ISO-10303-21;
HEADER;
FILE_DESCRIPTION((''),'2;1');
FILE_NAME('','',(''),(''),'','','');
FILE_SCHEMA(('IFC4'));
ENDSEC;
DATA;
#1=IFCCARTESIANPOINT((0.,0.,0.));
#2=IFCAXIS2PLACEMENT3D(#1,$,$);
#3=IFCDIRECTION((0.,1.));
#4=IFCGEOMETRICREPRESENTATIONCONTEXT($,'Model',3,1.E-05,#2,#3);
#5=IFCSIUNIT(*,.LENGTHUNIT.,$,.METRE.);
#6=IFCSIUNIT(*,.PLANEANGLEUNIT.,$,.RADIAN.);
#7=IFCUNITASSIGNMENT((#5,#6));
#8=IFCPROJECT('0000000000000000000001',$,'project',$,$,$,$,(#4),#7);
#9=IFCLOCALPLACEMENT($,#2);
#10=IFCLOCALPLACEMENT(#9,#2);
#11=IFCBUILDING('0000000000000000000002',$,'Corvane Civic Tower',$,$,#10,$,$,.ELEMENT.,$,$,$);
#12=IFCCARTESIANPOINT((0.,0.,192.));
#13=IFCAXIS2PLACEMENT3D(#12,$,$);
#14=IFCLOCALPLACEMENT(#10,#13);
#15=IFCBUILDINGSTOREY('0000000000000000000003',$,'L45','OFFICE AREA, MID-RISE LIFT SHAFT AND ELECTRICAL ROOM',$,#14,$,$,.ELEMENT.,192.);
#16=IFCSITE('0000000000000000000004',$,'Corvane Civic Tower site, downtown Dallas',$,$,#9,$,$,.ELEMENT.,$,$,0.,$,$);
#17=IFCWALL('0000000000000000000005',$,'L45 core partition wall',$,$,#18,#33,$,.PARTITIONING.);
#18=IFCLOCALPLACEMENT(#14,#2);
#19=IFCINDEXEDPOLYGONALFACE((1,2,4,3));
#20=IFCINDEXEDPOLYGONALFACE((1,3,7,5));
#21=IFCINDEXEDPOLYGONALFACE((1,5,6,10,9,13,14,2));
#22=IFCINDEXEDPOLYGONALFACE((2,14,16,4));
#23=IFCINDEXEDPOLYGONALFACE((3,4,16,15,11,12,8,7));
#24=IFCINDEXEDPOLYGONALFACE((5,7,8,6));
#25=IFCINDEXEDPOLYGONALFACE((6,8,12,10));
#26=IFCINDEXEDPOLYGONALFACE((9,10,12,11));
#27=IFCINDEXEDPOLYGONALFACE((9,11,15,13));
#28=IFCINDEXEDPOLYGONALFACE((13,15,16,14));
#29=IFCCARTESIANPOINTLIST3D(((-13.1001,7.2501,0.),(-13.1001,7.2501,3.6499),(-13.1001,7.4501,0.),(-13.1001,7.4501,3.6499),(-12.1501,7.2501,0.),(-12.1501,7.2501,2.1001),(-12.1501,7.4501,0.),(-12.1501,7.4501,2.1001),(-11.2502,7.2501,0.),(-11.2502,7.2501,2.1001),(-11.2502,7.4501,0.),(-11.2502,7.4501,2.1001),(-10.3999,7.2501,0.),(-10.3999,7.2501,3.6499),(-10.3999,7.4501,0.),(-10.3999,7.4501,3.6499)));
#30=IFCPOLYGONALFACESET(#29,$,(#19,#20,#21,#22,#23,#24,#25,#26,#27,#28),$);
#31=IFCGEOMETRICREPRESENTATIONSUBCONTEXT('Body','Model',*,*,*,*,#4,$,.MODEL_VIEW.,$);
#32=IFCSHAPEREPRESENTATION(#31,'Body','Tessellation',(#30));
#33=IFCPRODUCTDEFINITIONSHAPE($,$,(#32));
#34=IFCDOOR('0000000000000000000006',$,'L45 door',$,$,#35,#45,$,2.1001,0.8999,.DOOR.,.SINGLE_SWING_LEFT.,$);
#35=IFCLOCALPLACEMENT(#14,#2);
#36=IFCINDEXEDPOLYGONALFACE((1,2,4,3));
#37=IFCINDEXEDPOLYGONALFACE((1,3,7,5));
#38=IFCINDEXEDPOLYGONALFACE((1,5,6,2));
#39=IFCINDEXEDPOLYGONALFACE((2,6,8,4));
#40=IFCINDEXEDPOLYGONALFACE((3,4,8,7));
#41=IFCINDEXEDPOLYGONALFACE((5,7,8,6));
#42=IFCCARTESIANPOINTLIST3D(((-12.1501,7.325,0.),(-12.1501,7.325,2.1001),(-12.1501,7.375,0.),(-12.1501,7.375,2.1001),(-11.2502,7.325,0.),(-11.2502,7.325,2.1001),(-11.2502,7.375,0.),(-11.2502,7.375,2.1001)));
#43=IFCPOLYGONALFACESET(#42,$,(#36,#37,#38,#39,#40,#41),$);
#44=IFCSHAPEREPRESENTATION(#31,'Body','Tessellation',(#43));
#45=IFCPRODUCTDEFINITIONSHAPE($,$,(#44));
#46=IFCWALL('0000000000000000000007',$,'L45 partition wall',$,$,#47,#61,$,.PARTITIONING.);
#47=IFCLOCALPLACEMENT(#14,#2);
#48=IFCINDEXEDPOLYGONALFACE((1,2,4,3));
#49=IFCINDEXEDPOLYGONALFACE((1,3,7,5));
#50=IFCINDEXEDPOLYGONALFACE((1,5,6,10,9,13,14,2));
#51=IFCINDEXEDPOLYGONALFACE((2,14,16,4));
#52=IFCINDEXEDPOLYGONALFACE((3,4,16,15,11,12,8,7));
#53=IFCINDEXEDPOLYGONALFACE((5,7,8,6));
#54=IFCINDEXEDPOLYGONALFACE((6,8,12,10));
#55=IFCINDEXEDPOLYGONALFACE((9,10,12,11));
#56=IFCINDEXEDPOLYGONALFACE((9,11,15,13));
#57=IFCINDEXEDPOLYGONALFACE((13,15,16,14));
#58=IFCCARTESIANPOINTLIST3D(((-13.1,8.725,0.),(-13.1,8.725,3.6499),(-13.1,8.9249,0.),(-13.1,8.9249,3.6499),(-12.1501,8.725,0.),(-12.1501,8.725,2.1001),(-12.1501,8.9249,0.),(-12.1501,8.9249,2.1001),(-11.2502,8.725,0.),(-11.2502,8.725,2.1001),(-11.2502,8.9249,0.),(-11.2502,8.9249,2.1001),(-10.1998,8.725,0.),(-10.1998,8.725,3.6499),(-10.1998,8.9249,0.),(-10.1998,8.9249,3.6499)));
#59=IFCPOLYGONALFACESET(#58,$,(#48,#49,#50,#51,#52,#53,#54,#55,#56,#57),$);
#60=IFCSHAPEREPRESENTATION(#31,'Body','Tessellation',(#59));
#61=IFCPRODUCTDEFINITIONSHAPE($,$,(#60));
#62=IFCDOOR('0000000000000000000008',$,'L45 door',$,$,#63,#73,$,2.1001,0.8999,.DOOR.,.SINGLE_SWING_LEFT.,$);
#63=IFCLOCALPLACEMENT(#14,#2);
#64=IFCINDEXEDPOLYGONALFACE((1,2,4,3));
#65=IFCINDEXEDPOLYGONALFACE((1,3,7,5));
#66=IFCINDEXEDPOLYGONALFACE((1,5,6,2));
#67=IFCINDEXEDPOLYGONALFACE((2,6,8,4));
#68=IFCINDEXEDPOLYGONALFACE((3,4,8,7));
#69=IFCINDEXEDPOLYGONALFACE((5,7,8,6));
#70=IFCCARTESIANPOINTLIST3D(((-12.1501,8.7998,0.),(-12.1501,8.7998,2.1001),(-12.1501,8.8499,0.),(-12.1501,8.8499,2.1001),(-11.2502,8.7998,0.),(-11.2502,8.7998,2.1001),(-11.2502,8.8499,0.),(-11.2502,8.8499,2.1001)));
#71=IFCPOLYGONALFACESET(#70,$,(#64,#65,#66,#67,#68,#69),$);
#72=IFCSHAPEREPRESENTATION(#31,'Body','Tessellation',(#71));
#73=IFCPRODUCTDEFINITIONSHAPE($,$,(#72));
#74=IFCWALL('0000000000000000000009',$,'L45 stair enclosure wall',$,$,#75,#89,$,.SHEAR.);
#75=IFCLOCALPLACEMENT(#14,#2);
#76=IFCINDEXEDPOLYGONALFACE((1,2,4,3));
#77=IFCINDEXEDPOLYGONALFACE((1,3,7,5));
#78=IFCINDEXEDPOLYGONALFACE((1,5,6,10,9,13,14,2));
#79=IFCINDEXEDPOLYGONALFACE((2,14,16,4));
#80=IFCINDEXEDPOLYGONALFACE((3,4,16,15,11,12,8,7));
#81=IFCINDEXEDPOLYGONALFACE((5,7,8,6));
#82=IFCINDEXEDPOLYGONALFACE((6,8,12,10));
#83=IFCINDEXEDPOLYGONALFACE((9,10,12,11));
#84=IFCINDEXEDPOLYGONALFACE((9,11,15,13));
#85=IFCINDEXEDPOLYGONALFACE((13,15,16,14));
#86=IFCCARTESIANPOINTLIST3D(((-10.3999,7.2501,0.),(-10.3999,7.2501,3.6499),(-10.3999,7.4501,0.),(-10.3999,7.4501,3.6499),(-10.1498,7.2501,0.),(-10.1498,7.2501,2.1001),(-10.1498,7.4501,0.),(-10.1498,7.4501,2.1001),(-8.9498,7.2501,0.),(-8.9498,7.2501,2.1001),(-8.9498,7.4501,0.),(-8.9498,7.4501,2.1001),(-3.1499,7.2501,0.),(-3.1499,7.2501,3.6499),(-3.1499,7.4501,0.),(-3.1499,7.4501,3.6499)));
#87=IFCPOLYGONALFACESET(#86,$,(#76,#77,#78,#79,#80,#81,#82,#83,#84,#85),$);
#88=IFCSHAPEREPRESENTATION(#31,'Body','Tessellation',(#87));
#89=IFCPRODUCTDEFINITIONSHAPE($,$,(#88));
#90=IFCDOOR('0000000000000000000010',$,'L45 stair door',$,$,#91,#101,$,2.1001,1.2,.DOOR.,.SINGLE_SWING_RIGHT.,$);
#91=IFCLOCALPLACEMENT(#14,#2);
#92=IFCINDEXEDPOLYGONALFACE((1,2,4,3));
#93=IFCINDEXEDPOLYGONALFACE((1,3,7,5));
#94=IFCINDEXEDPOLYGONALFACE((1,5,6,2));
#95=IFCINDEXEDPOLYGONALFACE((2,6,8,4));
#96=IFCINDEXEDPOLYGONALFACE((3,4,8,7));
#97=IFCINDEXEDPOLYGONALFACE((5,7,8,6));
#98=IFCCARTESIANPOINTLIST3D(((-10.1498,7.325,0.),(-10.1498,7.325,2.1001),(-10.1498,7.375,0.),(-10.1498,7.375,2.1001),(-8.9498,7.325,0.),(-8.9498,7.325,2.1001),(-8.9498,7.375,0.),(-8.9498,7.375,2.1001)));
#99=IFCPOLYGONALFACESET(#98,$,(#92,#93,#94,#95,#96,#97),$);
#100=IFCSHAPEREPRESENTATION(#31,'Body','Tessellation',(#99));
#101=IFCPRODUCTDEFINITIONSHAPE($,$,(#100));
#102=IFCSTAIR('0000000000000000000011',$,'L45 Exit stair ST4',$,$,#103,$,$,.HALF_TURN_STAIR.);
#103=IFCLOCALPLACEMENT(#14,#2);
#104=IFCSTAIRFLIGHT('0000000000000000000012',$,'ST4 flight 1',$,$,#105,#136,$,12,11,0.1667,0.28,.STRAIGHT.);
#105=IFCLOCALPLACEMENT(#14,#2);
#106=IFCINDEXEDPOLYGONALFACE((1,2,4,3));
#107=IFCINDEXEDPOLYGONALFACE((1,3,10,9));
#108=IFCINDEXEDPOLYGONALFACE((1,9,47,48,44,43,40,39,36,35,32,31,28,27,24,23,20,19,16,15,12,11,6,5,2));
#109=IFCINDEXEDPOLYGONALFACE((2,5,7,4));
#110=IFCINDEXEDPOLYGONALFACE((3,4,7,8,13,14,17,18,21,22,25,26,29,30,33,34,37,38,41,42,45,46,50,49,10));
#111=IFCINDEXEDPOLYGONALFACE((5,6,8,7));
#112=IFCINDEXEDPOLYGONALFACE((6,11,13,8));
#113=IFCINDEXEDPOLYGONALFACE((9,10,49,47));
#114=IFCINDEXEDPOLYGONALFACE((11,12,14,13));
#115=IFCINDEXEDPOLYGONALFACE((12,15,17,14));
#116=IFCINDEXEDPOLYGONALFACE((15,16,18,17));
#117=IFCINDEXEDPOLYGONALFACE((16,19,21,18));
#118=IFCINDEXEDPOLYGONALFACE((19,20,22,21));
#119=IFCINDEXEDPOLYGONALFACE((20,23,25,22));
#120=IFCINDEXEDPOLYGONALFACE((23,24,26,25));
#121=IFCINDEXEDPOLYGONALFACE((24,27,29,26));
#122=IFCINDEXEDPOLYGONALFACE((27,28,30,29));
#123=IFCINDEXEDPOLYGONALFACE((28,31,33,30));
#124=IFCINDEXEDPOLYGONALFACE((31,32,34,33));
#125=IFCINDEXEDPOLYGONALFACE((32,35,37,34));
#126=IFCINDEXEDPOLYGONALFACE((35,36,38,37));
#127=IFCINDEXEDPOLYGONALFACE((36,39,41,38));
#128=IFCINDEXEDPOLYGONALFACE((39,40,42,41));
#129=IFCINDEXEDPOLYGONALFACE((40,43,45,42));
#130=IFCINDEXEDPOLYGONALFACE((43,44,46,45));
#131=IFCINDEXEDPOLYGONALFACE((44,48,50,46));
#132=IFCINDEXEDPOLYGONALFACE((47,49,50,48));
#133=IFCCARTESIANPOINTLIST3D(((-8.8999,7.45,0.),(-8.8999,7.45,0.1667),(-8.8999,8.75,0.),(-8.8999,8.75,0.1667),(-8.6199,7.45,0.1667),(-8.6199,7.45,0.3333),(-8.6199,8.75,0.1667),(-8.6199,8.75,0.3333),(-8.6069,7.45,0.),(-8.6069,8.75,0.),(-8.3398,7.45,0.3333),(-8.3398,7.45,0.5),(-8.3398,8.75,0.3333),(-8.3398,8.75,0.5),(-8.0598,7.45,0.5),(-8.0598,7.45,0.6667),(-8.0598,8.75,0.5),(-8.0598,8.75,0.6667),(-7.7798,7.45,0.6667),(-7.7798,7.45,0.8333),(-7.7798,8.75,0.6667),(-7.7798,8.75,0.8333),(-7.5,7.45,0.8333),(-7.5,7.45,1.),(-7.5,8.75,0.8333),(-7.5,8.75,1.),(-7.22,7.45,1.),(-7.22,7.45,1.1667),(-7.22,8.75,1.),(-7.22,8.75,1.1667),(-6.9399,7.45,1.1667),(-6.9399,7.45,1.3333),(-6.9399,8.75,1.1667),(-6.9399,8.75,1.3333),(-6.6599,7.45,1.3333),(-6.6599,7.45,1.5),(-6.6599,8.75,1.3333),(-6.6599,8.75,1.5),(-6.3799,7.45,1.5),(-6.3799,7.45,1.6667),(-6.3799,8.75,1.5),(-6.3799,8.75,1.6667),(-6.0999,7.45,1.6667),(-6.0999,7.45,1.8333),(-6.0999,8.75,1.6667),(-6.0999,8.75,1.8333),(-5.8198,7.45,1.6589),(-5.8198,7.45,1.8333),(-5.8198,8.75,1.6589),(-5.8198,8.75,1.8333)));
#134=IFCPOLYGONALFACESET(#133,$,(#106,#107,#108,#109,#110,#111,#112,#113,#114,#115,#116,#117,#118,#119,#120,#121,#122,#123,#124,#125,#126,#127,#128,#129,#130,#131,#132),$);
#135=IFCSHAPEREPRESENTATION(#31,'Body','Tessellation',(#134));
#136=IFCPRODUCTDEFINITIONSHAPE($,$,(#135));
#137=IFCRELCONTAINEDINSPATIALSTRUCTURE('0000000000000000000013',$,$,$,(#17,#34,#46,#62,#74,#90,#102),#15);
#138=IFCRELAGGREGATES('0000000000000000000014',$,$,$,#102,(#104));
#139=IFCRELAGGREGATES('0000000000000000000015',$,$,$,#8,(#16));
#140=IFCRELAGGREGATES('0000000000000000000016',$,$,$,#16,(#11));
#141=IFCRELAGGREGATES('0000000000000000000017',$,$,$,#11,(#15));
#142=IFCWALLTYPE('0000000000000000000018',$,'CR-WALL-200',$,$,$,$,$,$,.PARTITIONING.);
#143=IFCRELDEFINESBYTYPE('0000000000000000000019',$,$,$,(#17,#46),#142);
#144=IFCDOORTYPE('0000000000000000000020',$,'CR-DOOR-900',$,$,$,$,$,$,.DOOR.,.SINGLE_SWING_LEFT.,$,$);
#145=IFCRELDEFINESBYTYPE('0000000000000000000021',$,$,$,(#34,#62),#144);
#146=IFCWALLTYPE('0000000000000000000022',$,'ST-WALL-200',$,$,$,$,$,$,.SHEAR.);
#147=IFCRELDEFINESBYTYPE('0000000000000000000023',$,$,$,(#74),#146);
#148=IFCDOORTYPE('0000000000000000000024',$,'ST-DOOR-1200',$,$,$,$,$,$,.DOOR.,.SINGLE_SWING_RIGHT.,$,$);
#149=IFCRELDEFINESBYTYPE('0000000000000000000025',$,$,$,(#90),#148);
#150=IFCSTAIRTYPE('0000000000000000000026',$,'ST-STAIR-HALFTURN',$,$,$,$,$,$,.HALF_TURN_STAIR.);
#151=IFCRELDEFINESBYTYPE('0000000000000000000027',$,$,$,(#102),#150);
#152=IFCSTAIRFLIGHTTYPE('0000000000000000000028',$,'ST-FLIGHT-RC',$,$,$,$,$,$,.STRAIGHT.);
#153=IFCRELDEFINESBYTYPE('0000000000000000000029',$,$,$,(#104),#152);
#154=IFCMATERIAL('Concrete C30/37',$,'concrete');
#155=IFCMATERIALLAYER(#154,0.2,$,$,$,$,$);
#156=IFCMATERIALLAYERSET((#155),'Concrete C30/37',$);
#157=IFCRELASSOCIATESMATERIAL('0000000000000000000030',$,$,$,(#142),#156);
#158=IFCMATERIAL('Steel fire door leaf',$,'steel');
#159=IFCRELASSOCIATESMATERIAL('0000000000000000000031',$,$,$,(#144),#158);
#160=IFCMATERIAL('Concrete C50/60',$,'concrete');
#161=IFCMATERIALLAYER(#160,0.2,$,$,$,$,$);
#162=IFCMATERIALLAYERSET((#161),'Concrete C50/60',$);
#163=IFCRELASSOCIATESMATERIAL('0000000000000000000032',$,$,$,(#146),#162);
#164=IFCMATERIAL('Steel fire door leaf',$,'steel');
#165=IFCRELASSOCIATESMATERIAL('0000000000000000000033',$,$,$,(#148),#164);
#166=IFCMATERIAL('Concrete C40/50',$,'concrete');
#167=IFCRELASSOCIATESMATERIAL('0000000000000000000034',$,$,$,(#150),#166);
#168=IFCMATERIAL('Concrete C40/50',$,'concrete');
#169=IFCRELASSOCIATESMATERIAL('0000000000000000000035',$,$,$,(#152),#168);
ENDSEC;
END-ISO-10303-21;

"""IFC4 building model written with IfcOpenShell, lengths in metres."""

from ifc_helpers import new_model, si_unit, direction, frame, frame_2d, origin, place, context, subcontext, project, spatial, polyline, rectangle, outline, extrude, material, layer, layer_set, type_object, element, fill, aggregate, save


model = new_model("IFC4")

# Units and contexts
model_context = context("Model", 3, precision=1e-05, world=origin(), true_north=direction((0.0, 1.0)))
body_context = subcontext(model_context, "Body", "Model", "MODEL_VIEW")
ifc_project = project(units=[si_unit("LENGTHUNIT", "METRE"), si_unit("PLANEANGLEUNIT", "RADIAN")], contexts=[model_context])

# Site, building, storey
site_placement = place(None, origin())
site = spatial("IfcSite", under=ifc_project, at=site_placement, Name="Corvane Civic Tower site, downtown Dallas", CompositionType="ELEMENT", RefElevation=0.0)
building_placement = place(site_placement, origin())
building = spatial("IfcBuilding", under=site, at=building_placement, Name="Corvane Civic Tower", CompositionType="ELEMENT")
storey_placement = place(building_placement, frame((0.0, 0.0, 192.0)))
storey = spatial("IfcBuildingStorey", under=building, at=storey_placement, Name="L45", Description="OFFICE AREA, MID-RISE LIFT SHAFT AND ELECTRICAL ROOM", CompositionType="ELEMENT", Elevation=192.0)

# Shared definitions
ifc_material_1 = material(Name="Concrete C30/37", Category="concrete")
ifc_layer_1 = layer(ifc_material_1, 0.2)
ifc_layer_set_1 = layer_set([ifc_layer_1], Name="Concrete C30/37")
wall_type_1 = type_object("IfcWallType", Name="CR-WALL-200", PredefinedType="PARTITIONING", material=ifc_layer_set_1)
ifc_material_2 = material(Name="Steel fire door leaf", Category="steel")
door_type_1 = type_object("IfcDoorType", Name="CR-DOOR-900", OperationType="SINGLE_SWING_LEFT", PredefinedType="DOOR", material=ifc_material_2)

# Walls, openings, doors
wall_1_placement = place(storey_placement, frame((-13.1001, 7.3501, 0.0), z_axis=(0.0, 0.0, 1.0), x_axis=(1.0, 0.0, 0.0)))
wall_1 = element("IfcWall", 1, at=wall_1_placement, inside=storey, type_object=wall_type_1, Name="L45 core partition wall", PredefinedType="PARTITIONING", context=body_context, shape_type="SweptSolid", body=[
    extrude(rectangle(XDim=2.7002, YDim=0.2, at=frame_2d((1.3501, 0.0))), origin(), (0.0, 0.0, 1.0), 3.6499),
])
opening_1_placement = place(wall_1_placement, frame((0.95, 0.0, 0.0)))
opening_1 = element("IfcOpeningElement", 2, at=opening_1_placement, cuts=wall_1, PredefinedType="OPENING", context=body_context, shape_type="SweptSolid", body=[
    extrude(rectangle(XDim=0.8999, YDim=2.1001, at=frame_2d((0.45, 1.05))), frame((0.0, 0.1099, 0.0), z_axis=(0.0, -1.0, 0.0), x_axis=(1.0, 0.0, 0.0)), (0.0, 0.0, 1.0), 0.22),
])
door_1_placement = place(opening_1_placement, origin())
door_1 = element("IfcDoor", 3, at=door_1_placement, inside=storey, type_object=door_type_1, Name="L45 door", OperationType="SINGLE_SWING_LEFT", OverallHeight=2.1001, OverallWidth=0.8999, PredefinedType="DOOR", context=body_context, shape_type="SweptSolid", body=[
    extrude(rectangle(XDim=0.8999, YDim=2.1001, at=frame_2d((0.45, 1.05))), frame((0.0, 0.0249, 0.0), z_axis=(0.0, -1.0, 0.0), x_axis=(1.0, 0.0, 0.0)), (0.0, 0.0, 1.0), 0.05),
])
fill(opening_1, door_1)
wall_2_placement = place(storey_placement, frame((-13.1001, 8.825, 0.0), z_axis=(0.0, 0.0, 1.0), x_axis=(1.0, 0.0, 0.0)))
wall_2 = element("IfcWall", 4, at=wall_2_placement, inside=storey, type_object=wall_type_1, Name="L45 partition wall", PredefinedType="PARTITIONING", context=body_context, shape_type="SweptSolid", body=[
    extrude(rectangle(XDim=2.9001, YDim=0.2, at=frame_2d((1.4502, 0.0))), origin(), (0.0, 0.0, 1.0), 3.6499),
])
opening_2_placement = place(wall_2_placement, frame((0.95, 0.0, 0.0)))
opening_2 = element("IfcOpeningElement", 5, at=opening_2_placement, cuts=wall_2, PredefinedType="OPENING", context=body_context, shape_type="SweptSolid", body=[
    extrude(rectangle(XDim=0.8999, YDim=2.1001, at=frame_2d((0.45, 1.05))), frame((0.0, 0.1099, 0.0), z_axis=(0.0, -1.0, 0.0), x_axis=(1.0, 0.0, 0.0)), (0.0, 0.0, 1.0), 0.22),
])
door_2_placement = place(opening_2_placement, origin())
door_2 = element("IfcDoor", 6, at=door_2_placement, inside=storey, type_object=door_type_1, Name="L45 door", OperationType="SINGLE_SWING_LEFT", OverallHeight=2.1001, OverallWidth=0.8999, PredefinedType="DOOR", context=body_context, shape_type="SweptSolid", body=[
    extrude(rectangle(XDim=0.8999, YDim=2.1001, at=frame_2d((0.45, 1.05))), frame((0.0, 0.0249, 0.0), z_axis=(0.0, -1.0, 0.0), x_axis=(1.0, 0.0, 0.0)), (0.0, 0.0, 1.0), 0.05),
])
fill(opening_2, door_2)
ifc_material_3 = material(Name="Concrete C50/60", Category="concrete")
ifc_layer_2 = layer(ifc_material_3, 0.2)
ifc_layer_set_2 = layer_set([ifc_layer_2], Name="Concrete C50/60")
wall_type_2 = type_object("IfcWallType", Name="ST-WALL-200", PredefinedType="SHEAR", material=ifc_layer_set_2)
wall_3_placement = place(storey_placement, frame((-10.3999, 7.3501, 0.0), z_axis=(0.0, 0.0, 1.0), x_axis=(1.0, 0.0, 0.0)))
wall_3 = element("IfcWall", 7, at=wall_3_placement, inside=storey, type_object=wall_type_2, Name="L45 stair enclosure wall", PredefinedType="SHEAR", context=body_context, shape_type="SweptSolid", body=[
    extrude(rectangle(XDim=7.25, YDim=0.2, at=frame_2d((3.625, 0.0))), origin(), (0.0, 0.0, 1.0), 3.6499),
])
opening_3_placement = place(wall_3_placement, frame((0.25, 0.0, 0.0)))
opening_3 = element("IfcOpeningElement", 8, at=opening_3_placement, cuts=wall_3, PredefinedType="OPENING", context=body_context, shape_type="SweptSolid", body=[
    extrude(rectangle(XDim=1.2, YDim=2.1001, at=frame_2d((0.6001, 1.05))), frame((0.0, 0.1099, 0.0), z_axis=(0.0, -1.0, 0.0), x_axis=(1.0, 0.0, 0.0)), (0.0, 0.0, 1.0), 0.22),
])
ifc_material_4 = material(Name="Steel fire door leaf", Category="steel")
door_type_2 = type_object("IfcDoorType", Name="ST-DOOR-1200", OperationType="SINGLE_SWING_RIGHT", PredefinedType="DOOR", material=ifc_material_4)
door_3_placement = place(opening_3_placement, origin())
door_3 = element("IfcDoor", 9, at=door_3_placement, inside=storey, type_object=door_type_2, Name="L45 stair door", OperationType="SINGLE_SWING_RIGHT", OverallHeight=2.1001, OverallWidth=1.2, PredefinedType="DOOR", context=body_context, shape_type="SweptSolid", body=[
    extrude(rectangle(XDim=1.2, YDim=2.1001, at=frame_2d((0.6001, 1.05))), frame((0.0, 0.0249, 0.0), z_axis=(0.0, -1.0, 0.0), x_axis=(1.0, 0.0, 0.0)), (0.0, 0.0, 1.0), 0.05),
])
fill(opening_3, door_3)

# Stair, stair flight
ifc_material_5 = material(Name="Concrete C40/50", Category="concrete")
stair_type = type_object("IfcStairType", Name="ST-STAIR-HALFTURN", PredefinedType="HALF_TURN_STAIR", material=ifc_material_5)
stair_placement = place(storey_placement, origin())
stair = element("IfcStair", 10, at=stair_placement, inside=storey, type_object=stair_type, Name="L45 Exit stair ST4", PredefinedType="HALF_TURN_STAIR")
ifc_material_6 = material(Name="Concrete C40/50", Category="concrete")
stair_flight_type = type_object("IfcStairFlightType", Name="ST-FLIGHT-RC", PredefinedType="STRAIGHT", material=ifc_material_6)
stair_flight_placement = place(storey_placement, frame((-8.8999, 8.1001, 0.0), z_axis=(0.0, 0.0, 1.0), x_axis=(1.0, 0.0, 0.0)))
stair_flight = element("IfcStairFlight", 11, at=stair_flight_placement, type_object=stair_flight_type, Name="ST4 flight 1", NumberOfRisers=12, NumberOfTreads=11, PredefinedType="STRAIGHT", RiserHeight=0.1667, TreadLength=0.28, context=body_context, shape_type="SweptSolid", body=[
    extrude(outline(polyline([(0.0, 0.0), (0.0, 0.1667), (0.28, 0.1667), (0.28, 0.3333), (0.5601, 0.3333), (0.5601, 0.5), (0.8401, 0.5), (0.8401, 0.6667), (1.1201, 0.6667), (1.1201, 0.8333), (1.3999, 0.8333), (1.3999, 1.0), (1.6799, 1.0), (1.6799, 1.1667), (1.96, 1.1667), (1.96, 1.3333), (2.24, 1.3333), (2.24, 1.5), (2.52, 1.5), (2.52, 1.6667), (2.8, 1.6667), (2.8, 1.8333), (3.0801, 1.8333), (3.0801, 2.0), (3.0801, 1.6589), (0.293, 0.0), (0.0, 0.0)])), frame((0.0, 0.6499, 0.0), z_axis=(0.0, -1.0, 0.0), x_axis=(1.0, 0.0, 0.0)), (0.0, 0.0, 1.0), 1.3),
])
aggregate(stair, [stair_flight])

save(model, "model.ifc")
